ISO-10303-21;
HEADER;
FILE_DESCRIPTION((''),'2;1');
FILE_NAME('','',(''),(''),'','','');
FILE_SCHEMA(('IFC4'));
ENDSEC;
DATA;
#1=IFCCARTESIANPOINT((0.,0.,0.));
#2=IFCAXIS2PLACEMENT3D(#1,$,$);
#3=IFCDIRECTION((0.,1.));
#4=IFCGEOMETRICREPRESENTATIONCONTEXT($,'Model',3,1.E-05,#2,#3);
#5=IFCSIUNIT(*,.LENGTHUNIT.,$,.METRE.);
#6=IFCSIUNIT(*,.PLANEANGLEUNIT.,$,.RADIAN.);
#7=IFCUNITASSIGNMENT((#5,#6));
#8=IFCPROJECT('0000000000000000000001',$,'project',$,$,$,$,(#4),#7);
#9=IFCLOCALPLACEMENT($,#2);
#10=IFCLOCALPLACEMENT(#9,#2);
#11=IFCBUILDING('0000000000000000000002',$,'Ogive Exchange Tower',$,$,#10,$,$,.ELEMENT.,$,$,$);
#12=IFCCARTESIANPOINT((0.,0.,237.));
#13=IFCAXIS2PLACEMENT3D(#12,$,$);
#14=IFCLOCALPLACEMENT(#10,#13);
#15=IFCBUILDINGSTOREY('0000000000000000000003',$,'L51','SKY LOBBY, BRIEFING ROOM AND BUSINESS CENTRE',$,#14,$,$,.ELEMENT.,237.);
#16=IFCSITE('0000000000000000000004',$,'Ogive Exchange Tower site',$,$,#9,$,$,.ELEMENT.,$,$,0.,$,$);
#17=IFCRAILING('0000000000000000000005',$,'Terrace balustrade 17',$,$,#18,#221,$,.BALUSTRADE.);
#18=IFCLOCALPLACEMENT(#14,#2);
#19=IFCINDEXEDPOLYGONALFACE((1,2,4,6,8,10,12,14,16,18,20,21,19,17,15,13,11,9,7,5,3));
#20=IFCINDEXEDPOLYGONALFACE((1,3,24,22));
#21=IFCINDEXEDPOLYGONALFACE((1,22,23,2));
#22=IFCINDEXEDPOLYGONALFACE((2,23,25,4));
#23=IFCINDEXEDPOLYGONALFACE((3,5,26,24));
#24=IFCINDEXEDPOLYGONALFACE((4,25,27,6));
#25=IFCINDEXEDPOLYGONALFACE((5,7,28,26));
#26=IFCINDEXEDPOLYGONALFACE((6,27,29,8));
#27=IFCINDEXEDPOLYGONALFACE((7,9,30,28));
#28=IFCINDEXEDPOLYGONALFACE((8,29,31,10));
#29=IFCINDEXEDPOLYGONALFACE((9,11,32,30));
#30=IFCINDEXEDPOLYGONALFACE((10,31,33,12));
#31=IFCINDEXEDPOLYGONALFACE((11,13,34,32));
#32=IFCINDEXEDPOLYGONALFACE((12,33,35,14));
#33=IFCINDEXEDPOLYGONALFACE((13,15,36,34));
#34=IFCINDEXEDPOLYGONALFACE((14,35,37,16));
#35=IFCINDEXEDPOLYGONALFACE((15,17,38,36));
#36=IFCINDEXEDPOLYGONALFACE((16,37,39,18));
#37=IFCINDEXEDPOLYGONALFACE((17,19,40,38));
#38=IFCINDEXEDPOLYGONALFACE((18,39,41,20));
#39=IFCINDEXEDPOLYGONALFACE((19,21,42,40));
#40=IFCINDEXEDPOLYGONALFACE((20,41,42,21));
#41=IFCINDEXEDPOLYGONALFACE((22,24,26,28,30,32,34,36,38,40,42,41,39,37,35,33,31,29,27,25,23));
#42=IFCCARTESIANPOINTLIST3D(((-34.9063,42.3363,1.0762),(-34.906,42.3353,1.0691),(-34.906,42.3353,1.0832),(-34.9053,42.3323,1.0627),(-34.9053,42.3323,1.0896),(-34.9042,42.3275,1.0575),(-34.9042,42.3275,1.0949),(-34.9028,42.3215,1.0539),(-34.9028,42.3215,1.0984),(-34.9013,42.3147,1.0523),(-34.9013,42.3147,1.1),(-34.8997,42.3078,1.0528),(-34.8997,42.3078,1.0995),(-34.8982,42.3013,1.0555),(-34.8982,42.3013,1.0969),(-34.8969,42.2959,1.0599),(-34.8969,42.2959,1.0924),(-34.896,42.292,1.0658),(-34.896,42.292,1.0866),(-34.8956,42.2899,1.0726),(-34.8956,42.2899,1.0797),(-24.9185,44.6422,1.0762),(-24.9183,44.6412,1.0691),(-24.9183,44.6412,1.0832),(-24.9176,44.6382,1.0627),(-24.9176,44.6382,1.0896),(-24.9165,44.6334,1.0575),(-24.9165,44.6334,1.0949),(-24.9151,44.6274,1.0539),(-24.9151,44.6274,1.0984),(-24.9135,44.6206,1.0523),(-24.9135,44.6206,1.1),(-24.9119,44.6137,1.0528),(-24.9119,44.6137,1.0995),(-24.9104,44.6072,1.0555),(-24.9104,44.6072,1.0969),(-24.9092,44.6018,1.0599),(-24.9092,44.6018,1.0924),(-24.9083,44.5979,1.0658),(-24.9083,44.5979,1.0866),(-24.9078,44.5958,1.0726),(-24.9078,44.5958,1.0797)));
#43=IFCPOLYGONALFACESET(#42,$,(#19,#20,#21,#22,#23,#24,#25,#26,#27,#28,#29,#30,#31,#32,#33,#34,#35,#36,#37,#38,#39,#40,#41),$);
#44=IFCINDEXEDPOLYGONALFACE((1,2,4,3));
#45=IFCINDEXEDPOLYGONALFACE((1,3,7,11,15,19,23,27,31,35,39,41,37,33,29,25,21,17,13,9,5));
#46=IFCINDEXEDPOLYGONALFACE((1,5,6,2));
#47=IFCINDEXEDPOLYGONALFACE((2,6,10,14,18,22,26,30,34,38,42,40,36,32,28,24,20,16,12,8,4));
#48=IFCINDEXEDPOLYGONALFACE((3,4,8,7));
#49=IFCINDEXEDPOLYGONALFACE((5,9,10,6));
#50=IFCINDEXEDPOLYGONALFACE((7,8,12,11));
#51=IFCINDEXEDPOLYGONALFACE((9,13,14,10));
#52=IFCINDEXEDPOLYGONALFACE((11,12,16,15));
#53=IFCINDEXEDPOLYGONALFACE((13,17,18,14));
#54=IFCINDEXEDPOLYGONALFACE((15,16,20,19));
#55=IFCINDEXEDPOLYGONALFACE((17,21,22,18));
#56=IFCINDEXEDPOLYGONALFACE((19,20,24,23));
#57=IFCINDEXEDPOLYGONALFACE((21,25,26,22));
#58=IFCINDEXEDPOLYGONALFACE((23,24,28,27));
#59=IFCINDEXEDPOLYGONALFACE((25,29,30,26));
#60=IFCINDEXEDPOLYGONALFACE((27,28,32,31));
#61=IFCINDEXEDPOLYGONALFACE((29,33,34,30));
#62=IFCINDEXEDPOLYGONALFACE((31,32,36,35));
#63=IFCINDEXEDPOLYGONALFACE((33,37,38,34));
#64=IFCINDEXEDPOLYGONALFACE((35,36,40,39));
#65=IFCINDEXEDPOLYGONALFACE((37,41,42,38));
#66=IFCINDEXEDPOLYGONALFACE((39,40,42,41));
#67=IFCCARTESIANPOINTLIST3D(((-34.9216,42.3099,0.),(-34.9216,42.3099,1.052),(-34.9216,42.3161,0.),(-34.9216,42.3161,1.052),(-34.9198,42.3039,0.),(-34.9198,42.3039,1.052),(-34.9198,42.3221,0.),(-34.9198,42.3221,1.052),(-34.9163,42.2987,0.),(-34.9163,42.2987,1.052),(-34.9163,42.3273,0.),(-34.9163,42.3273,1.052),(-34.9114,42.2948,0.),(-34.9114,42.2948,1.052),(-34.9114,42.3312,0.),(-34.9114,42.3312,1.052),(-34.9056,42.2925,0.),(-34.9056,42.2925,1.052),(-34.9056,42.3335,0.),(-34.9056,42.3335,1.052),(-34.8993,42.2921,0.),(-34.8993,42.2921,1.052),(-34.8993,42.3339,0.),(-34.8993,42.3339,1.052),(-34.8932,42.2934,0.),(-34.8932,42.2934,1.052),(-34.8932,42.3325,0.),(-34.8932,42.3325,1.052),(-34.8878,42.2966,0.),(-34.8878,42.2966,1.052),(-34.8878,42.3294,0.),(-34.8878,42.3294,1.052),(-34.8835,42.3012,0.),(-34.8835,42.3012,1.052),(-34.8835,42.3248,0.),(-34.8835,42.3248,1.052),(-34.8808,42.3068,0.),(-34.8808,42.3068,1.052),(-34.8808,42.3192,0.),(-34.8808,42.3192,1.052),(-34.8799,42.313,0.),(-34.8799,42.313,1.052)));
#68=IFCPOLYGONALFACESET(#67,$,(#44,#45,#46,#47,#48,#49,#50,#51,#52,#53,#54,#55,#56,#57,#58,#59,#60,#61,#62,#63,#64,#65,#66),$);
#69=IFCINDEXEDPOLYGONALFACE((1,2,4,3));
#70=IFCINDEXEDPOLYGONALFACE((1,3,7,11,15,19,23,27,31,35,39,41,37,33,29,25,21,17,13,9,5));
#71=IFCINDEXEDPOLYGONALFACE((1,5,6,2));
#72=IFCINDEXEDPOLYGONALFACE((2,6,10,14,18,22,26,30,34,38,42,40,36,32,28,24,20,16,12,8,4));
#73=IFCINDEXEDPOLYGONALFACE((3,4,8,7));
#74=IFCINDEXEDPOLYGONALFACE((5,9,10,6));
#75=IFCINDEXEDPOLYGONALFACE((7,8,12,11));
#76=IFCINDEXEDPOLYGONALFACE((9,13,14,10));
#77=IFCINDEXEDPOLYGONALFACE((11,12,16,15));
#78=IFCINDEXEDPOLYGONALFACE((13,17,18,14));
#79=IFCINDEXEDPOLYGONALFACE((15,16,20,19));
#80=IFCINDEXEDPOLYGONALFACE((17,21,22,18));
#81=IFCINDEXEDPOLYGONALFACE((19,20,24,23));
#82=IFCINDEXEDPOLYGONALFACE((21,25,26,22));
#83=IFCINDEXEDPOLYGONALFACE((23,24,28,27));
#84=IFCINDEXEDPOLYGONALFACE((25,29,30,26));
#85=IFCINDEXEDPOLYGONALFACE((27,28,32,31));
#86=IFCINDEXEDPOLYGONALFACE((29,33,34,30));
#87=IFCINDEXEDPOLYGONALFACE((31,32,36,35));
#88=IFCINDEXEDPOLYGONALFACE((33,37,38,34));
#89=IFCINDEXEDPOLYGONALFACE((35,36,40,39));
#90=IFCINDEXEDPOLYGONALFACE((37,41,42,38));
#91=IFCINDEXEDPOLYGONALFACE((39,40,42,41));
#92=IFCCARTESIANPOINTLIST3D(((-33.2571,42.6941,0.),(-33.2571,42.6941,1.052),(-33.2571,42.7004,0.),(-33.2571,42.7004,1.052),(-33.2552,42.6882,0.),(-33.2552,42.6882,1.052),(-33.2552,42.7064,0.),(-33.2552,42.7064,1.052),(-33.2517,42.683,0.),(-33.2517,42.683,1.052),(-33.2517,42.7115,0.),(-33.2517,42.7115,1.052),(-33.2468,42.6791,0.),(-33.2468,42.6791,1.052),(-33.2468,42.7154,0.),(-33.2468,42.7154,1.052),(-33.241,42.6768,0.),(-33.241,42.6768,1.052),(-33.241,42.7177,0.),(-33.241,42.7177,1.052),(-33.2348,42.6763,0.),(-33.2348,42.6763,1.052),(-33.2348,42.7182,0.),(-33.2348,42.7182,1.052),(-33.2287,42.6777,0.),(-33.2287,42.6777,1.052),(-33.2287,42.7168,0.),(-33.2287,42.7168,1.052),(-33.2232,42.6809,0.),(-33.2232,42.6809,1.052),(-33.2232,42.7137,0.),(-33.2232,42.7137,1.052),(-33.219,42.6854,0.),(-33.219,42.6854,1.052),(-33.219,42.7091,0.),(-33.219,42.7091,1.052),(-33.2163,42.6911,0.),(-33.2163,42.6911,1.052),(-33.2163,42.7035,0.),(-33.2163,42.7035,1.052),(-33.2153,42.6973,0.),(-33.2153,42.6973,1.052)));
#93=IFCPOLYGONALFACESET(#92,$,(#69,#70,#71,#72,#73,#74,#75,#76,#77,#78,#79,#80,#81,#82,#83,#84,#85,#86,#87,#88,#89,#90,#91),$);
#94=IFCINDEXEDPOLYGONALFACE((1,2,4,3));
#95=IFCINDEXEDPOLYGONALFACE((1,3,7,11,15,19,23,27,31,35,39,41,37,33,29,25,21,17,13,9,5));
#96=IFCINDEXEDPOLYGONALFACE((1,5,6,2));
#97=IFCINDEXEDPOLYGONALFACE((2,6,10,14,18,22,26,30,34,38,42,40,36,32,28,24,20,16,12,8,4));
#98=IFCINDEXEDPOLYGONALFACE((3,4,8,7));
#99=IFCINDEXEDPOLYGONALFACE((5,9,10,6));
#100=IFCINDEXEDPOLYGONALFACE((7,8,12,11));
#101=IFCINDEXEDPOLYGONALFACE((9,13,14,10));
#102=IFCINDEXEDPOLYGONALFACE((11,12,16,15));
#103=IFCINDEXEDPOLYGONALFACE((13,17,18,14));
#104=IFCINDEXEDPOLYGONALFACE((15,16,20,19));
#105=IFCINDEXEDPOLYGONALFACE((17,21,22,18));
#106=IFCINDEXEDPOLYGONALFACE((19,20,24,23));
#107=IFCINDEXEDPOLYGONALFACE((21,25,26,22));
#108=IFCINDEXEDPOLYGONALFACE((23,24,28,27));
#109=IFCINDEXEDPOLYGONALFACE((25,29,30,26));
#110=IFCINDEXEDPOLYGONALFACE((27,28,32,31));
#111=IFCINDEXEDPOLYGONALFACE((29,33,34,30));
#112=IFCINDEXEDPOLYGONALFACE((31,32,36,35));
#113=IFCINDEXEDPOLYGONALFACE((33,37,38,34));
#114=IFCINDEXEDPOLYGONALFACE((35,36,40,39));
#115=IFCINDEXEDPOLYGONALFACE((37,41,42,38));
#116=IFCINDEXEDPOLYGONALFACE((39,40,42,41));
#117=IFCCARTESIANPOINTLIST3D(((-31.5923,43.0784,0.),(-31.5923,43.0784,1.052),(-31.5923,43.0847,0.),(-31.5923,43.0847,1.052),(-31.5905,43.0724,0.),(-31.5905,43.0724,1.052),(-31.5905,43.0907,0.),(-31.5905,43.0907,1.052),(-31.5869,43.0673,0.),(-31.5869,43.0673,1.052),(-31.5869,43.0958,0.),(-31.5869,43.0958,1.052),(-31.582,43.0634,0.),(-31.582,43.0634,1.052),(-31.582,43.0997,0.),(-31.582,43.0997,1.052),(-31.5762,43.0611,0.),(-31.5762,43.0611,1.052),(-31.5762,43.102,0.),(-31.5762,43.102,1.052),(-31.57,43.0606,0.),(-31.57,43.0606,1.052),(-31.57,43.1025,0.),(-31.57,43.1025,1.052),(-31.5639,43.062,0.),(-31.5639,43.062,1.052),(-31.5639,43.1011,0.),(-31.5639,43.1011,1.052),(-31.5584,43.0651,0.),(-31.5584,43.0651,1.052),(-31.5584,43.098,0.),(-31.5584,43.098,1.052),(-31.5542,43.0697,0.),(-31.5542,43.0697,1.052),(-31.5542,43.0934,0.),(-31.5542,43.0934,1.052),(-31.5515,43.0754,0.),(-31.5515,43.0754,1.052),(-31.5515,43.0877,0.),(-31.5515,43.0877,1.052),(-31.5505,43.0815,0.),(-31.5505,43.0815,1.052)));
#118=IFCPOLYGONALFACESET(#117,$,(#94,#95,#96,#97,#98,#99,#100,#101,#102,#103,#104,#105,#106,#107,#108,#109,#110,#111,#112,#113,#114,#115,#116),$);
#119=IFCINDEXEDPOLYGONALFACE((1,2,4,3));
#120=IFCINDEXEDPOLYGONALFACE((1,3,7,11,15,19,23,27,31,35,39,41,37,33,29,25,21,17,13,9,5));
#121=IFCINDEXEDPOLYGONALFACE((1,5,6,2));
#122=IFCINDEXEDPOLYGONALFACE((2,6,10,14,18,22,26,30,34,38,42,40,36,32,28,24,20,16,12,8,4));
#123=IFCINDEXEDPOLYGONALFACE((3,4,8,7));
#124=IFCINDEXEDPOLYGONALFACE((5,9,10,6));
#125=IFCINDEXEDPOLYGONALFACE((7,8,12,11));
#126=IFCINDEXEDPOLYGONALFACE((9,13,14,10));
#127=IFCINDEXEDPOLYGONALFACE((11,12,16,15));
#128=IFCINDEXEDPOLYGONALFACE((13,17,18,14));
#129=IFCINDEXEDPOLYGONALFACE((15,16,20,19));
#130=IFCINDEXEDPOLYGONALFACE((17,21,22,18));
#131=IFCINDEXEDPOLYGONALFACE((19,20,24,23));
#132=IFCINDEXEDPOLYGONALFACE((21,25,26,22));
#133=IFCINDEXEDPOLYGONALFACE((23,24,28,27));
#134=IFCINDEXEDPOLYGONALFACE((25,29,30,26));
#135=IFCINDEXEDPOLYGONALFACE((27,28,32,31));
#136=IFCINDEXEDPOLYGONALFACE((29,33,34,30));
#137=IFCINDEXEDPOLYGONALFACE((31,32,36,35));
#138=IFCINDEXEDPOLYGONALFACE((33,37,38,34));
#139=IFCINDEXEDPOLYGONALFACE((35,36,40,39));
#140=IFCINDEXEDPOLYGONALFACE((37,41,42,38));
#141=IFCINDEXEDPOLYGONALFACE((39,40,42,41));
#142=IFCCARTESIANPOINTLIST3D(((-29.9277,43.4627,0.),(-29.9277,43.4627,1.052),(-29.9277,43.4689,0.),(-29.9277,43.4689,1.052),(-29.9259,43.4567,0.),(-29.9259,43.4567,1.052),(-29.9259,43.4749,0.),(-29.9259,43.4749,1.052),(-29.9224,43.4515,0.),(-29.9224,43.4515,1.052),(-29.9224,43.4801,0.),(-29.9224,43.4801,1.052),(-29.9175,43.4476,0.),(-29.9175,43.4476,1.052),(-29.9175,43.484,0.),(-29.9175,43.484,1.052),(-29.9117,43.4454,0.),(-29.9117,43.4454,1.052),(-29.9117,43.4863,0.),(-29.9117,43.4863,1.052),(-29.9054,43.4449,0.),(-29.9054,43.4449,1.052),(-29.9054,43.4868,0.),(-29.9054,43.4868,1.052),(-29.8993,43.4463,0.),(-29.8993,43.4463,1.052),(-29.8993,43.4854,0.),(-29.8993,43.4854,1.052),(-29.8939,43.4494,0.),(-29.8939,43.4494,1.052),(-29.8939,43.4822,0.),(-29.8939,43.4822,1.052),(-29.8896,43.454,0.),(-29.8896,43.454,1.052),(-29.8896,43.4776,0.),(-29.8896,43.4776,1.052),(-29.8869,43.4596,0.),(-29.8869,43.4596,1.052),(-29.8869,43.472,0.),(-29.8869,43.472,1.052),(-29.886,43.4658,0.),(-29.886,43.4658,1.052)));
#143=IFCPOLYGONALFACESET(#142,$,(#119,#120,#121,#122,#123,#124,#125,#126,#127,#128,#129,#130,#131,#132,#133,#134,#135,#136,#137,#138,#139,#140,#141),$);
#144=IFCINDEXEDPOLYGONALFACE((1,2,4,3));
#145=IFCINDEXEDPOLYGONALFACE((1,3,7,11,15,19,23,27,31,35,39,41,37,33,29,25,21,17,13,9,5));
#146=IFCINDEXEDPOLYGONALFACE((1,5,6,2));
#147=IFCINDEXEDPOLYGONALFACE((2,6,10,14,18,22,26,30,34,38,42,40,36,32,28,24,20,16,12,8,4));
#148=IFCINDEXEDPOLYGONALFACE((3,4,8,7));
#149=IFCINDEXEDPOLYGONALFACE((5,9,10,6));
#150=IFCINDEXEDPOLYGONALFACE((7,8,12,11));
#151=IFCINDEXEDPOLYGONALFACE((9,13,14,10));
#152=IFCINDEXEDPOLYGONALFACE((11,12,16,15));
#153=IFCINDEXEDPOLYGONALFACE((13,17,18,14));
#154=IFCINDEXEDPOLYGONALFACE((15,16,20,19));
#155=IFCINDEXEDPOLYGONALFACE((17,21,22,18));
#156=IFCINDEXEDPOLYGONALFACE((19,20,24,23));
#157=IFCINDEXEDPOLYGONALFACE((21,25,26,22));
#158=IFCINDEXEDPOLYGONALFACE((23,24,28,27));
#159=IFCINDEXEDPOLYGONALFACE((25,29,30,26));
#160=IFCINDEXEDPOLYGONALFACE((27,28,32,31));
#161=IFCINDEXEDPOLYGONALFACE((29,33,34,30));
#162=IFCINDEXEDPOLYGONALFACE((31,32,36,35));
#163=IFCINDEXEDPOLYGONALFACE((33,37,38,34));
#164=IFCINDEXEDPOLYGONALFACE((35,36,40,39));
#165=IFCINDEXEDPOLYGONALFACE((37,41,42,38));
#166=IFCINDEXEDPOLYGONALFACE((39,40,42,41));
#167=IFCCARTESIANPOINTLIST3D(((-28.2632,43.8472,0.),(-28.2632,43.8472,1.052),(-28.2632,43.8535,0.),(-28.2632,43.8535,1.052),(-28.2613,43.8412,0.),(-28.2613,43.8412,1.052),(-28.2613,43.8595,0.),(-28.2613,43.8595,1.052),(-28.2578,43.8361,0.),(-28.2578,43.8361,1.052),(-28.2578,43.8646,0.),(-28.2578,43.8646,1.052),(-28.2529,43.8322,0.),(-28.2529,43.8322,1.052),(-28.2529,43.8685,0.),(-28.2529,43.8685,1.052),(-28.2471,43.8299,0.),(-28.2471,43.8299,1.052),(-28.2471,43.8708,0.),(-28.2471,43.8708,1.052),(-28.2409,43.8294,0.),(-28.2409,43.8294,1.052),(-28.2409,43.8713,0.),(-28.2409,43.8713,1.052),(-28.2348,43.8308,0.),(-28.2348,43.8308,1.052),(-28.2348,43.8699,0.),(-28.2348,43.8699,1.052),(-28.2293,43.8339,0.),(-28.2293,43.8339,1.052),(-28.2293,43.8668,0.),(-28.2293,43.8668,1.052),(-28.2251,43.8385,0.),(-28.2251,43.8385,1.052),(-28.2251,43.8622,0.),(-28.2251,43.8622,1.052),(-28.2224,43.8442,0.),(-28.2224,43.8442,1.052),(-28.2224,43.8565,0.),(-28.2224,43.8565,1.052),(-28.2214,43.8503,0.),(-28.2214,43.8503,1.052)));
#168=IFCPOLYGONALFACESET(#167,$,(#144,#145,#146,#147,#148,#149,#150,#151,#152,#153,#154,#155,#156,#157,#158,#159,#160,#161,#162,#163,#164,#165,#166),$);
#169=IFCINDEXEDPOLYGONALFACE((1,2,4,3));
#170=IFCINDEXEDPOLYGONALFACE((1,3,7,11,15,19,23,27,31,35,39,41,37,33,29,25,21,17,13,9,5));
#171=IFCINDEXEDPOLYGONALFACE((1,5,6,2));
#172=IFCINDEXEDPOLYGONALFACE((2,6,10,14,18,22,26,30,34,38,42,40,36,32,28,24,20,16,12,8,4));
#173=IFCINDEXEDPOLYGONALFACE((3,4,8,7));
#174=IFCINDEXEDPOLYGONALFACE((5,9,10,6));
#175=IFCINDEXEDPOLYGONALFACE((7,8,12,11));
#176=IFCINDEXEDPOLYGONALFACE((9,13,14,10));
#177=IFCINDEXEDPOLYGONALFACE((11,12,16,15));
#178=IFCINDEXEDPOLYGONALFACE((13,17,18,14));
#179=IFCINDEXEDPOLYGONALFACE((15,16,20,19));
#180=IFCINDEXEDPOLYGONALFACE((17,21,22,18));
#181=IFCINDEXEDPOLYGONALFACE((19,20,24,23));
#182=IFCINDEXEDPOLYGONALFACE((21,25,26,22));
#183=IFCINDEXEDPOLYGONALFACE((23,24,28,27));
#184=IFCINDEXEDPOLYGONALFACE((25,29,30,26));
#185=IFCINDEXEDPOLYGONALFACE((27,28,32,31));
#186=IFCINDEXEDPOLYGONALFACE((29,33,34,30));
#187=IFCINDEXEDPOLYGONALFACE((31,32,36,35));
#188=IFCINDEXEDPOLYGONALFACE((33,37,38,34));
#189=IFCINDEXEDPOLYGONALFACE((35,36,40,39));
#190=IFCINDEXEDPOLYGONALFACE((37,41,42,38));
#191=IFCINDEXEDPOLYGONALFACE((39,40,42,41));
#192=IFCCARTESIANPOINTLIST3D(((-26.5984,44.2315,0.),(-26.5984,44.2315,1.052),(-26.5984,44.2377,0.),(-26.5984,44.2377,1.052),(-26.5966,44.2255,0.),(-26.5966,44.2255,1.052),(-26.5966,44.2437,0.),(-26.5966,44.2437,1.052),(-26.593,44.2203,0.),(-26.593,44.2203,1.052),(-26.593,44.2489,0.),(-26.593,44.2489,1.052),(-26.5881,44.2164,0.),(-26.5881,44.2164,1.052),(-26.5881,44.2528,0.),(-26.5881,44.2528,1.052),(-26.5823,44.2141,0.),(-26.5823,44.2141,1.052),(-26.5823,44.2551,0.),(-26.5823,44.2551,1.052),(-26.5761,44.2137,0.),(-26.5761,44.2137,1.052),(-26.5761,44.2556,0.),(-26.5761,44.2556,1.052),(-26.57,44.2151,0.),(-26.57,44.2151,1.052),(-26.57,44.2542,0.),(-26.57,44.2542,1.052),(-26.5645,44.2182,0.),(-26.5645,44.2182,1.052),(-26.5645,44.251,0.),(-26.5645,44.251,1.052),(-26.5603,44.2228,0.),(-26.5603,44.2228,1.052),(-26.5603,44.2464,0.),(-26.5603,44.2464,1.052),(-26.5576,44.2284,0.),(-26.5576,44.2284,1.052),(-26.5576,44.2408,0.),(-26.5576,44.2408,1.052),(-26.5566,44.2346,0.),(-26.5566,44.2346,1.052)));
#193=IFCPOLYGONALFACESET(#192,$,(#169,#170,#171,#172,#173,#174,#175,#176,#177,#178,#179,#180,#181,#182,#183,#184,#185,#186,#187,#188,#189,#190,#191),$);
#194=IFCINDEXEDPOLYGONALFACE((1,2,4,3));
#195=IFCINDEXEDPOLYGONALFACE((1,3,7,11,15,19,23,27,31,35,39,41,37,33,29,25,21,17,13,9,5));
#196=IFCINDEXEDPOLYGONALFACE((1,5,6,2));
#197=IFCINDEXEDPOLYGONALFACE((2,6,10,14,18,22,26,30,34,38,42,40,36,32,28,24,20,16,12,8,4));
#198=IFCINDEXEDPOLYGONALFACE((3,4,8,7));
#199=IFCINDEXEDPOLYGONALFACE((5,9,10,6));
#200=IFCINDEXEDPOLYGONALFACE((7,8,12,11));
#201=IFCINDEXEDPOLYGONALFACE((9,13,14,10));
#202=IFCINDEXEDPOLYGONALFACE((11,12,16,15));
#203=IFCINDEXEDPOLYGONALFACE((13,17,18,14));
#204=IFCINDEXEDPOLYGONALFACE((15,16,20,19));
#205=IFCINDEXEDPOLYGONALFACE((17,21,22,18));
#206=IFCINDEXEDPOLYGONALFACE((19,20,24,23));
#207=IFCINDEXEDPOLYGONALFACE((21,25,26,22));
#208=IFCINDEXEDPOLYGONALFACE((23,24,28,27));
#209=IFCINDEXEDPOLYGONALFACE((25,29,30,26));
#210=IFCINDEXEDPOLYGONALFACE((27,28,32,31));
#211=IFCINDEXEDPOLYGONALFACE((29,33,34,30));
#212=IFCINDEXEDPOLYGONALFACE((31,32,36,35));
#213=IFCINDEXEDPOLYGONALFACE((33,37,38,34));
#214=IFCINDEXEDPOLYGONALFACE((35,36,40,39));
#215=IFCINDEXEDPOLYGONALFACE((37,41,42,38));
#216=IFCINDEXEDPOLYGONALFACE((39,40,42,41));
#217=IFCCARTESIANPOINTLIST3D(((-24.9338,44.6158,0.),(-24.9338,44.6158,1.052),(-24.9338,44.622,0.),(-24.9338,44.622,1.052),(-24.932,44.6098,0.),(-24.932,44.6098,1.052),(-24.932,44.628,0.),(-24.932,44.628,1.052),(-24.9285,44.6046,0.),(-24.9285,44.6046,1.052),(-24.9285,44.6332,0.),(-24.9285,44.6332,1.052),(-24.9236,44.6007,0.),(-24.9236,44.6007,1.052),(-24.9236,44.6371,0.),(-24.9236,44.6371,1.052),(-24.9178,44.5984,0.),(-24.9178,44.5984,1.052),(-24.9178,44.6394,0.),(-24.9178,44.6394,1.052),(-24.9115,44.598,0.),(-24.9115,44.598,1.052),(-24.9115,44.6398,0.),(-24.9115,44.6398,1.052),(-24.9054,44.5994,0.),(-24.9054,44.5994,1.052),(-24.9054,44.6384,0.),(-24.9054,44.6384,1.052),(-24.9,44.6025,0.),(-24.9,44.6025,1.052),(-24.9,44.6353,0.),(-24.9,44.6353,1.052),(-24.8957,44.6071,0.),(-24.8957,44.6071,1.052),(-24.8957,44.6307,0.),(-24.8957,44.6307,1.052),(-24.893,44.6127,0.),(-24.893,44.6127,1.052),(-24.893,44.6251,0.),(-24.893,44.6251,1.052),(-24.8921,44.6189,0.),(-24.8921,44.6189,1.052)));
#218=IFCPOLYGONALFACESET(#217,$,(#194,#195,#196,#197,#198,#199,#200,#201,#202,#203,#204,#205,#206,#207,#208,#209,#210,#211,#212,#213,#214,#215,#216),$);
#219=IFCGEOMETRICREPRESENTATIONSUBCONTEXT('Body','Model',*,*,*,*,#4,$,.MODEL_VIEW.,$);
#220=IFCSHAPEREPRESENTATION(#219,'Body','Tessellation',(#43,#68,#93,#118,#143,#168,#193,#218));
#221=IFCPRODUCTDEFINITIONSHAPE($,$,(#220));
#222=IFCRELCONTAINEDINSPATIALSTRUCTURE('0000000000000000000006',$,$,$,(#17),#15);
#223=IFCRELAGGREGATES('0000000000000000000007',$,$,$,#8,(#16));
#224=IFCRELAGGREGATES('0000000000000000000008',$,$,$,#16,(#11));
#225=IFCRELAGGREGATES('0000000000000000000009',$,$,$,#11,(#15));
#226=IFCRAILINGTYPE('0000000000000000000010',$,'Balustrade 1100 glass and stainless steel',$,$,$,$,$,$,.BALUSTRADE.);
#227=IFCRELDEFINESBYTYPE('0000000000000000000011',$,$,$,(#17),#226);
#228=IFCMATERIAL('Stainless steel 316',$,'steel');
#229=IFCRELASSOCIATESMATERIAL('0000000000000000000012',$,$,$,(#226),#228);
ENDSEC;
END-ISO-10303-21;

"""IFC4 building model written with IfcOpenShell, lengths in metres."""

from ifc_helpers import new_model, si_unit, direction, frame, origin, origin_2d, place, context, subcontext, project, spatial, circle, extrude, material, type_object, element, save


model = new_model("IFC4")

# Units and contexts
model_context = context("Model", 3, precision=1e-05, world=origin(), true_north=direction((0.0, 1.0)))
body_context = subcontext(model_context, "Body", "Model", "MODEL_VIEW")
ifc_project = project(units=[si_unit("LENGTHUNIT", "METRE"), si_unit("PLANEANGLEUNIT", "RADIAN")], contexts=[model_context])

# Site, building, storey
site_placement = place(None, origin())
site = spatial("IfcSite", under=ifc_project, at=site_placement, Name="Ogive Exchange Tower site", CompositionType="ELEMENT", RefElevation=0.0)
building_placement = place(site_placement, origin())
building = spatial("IfcBuilding", under=site, at=building_placement, Name="Ogive Exchange Tower", CompositionType="ELEMENT")
storey_placement = place(building_placement, frame((0.0, 0.0, 237.0)))
storey = spatial("IfcBuildingStorey", under=building, at=storey_placement, Name="L51", Description="SKY LOBBY, BRIEFING ROOM AND BUSINESS CENTRE", CompositionType="ELEMENT", Elevation=237.0)

# Railing
ifc_material_1 = material(Name="Stainless steel 316", Category="steel")
railing_type = type_object("IfcRailingType", Name="Balustrade 1100 glass and stainless steel", PredefinedType="BALUSTRADE", material=ifc_material_1)
railing_1_placement = place(storey_placement, frame((-34.9009, 42.313, 0.0)))
element("IfcRailing", 1, at=railing_1_placement, inside=storey, type_object=railing_type, Name="Terrace balustrade 17", PredefinedType="BALUSTRADE", context=body_context, shape_type="SweptSolid", body=[
    extrude(circle(Radius=0.0239, at=origin_2d()), frame((0.0, 0.0, 1.0762), z_axis=(0.974369, 0.224955, 0.0), x_axis=(-0.224955, 0.974369, 0.0)), (0.0, 0.0, 1.0), 10.2505),
    extrude(circle(Radius=0.021, at=origin_2d()), origin(), (0.0, 0.0, 1.0), 1.052),
    extrude(circle(Radius=0.021, at=origin_2d()), frame((1.6646, 0.3843, 0.0)), (0.0, 0.0, 1.0), 1.052),
    extrude(circle(Radius=0.021, at=origin_2d()), frame((3.3293, 0.7686, 0.0)), (0.0, 0.0, 1.0), 1.052),
    extrude(circle(Radius=0.021, at=origin_2d()), frame((4.9939, 1.1528, 0.0)), (0.0, 0.0, 1.0), 1.052),
    extrude(circle(Radius=0.021, at=origin_2d()), frame((6.6584, 1.5374, 0.0)), (0.0, 0.0, 1.0), 1.052),
    extrude(circle(Radius=0.021, at=origin_2d()), frame((8.3232, 1.9216, 0.0)), (0.0, 0.0, 1.0), 1.052),
    extrude(circle(Radius=0.021, at=origin_2d()), frame((9.9878, 2.3059, 0.0)), (0.0, 0.0, 1.0), 1.052),
])

save(model, "model.ifc")
